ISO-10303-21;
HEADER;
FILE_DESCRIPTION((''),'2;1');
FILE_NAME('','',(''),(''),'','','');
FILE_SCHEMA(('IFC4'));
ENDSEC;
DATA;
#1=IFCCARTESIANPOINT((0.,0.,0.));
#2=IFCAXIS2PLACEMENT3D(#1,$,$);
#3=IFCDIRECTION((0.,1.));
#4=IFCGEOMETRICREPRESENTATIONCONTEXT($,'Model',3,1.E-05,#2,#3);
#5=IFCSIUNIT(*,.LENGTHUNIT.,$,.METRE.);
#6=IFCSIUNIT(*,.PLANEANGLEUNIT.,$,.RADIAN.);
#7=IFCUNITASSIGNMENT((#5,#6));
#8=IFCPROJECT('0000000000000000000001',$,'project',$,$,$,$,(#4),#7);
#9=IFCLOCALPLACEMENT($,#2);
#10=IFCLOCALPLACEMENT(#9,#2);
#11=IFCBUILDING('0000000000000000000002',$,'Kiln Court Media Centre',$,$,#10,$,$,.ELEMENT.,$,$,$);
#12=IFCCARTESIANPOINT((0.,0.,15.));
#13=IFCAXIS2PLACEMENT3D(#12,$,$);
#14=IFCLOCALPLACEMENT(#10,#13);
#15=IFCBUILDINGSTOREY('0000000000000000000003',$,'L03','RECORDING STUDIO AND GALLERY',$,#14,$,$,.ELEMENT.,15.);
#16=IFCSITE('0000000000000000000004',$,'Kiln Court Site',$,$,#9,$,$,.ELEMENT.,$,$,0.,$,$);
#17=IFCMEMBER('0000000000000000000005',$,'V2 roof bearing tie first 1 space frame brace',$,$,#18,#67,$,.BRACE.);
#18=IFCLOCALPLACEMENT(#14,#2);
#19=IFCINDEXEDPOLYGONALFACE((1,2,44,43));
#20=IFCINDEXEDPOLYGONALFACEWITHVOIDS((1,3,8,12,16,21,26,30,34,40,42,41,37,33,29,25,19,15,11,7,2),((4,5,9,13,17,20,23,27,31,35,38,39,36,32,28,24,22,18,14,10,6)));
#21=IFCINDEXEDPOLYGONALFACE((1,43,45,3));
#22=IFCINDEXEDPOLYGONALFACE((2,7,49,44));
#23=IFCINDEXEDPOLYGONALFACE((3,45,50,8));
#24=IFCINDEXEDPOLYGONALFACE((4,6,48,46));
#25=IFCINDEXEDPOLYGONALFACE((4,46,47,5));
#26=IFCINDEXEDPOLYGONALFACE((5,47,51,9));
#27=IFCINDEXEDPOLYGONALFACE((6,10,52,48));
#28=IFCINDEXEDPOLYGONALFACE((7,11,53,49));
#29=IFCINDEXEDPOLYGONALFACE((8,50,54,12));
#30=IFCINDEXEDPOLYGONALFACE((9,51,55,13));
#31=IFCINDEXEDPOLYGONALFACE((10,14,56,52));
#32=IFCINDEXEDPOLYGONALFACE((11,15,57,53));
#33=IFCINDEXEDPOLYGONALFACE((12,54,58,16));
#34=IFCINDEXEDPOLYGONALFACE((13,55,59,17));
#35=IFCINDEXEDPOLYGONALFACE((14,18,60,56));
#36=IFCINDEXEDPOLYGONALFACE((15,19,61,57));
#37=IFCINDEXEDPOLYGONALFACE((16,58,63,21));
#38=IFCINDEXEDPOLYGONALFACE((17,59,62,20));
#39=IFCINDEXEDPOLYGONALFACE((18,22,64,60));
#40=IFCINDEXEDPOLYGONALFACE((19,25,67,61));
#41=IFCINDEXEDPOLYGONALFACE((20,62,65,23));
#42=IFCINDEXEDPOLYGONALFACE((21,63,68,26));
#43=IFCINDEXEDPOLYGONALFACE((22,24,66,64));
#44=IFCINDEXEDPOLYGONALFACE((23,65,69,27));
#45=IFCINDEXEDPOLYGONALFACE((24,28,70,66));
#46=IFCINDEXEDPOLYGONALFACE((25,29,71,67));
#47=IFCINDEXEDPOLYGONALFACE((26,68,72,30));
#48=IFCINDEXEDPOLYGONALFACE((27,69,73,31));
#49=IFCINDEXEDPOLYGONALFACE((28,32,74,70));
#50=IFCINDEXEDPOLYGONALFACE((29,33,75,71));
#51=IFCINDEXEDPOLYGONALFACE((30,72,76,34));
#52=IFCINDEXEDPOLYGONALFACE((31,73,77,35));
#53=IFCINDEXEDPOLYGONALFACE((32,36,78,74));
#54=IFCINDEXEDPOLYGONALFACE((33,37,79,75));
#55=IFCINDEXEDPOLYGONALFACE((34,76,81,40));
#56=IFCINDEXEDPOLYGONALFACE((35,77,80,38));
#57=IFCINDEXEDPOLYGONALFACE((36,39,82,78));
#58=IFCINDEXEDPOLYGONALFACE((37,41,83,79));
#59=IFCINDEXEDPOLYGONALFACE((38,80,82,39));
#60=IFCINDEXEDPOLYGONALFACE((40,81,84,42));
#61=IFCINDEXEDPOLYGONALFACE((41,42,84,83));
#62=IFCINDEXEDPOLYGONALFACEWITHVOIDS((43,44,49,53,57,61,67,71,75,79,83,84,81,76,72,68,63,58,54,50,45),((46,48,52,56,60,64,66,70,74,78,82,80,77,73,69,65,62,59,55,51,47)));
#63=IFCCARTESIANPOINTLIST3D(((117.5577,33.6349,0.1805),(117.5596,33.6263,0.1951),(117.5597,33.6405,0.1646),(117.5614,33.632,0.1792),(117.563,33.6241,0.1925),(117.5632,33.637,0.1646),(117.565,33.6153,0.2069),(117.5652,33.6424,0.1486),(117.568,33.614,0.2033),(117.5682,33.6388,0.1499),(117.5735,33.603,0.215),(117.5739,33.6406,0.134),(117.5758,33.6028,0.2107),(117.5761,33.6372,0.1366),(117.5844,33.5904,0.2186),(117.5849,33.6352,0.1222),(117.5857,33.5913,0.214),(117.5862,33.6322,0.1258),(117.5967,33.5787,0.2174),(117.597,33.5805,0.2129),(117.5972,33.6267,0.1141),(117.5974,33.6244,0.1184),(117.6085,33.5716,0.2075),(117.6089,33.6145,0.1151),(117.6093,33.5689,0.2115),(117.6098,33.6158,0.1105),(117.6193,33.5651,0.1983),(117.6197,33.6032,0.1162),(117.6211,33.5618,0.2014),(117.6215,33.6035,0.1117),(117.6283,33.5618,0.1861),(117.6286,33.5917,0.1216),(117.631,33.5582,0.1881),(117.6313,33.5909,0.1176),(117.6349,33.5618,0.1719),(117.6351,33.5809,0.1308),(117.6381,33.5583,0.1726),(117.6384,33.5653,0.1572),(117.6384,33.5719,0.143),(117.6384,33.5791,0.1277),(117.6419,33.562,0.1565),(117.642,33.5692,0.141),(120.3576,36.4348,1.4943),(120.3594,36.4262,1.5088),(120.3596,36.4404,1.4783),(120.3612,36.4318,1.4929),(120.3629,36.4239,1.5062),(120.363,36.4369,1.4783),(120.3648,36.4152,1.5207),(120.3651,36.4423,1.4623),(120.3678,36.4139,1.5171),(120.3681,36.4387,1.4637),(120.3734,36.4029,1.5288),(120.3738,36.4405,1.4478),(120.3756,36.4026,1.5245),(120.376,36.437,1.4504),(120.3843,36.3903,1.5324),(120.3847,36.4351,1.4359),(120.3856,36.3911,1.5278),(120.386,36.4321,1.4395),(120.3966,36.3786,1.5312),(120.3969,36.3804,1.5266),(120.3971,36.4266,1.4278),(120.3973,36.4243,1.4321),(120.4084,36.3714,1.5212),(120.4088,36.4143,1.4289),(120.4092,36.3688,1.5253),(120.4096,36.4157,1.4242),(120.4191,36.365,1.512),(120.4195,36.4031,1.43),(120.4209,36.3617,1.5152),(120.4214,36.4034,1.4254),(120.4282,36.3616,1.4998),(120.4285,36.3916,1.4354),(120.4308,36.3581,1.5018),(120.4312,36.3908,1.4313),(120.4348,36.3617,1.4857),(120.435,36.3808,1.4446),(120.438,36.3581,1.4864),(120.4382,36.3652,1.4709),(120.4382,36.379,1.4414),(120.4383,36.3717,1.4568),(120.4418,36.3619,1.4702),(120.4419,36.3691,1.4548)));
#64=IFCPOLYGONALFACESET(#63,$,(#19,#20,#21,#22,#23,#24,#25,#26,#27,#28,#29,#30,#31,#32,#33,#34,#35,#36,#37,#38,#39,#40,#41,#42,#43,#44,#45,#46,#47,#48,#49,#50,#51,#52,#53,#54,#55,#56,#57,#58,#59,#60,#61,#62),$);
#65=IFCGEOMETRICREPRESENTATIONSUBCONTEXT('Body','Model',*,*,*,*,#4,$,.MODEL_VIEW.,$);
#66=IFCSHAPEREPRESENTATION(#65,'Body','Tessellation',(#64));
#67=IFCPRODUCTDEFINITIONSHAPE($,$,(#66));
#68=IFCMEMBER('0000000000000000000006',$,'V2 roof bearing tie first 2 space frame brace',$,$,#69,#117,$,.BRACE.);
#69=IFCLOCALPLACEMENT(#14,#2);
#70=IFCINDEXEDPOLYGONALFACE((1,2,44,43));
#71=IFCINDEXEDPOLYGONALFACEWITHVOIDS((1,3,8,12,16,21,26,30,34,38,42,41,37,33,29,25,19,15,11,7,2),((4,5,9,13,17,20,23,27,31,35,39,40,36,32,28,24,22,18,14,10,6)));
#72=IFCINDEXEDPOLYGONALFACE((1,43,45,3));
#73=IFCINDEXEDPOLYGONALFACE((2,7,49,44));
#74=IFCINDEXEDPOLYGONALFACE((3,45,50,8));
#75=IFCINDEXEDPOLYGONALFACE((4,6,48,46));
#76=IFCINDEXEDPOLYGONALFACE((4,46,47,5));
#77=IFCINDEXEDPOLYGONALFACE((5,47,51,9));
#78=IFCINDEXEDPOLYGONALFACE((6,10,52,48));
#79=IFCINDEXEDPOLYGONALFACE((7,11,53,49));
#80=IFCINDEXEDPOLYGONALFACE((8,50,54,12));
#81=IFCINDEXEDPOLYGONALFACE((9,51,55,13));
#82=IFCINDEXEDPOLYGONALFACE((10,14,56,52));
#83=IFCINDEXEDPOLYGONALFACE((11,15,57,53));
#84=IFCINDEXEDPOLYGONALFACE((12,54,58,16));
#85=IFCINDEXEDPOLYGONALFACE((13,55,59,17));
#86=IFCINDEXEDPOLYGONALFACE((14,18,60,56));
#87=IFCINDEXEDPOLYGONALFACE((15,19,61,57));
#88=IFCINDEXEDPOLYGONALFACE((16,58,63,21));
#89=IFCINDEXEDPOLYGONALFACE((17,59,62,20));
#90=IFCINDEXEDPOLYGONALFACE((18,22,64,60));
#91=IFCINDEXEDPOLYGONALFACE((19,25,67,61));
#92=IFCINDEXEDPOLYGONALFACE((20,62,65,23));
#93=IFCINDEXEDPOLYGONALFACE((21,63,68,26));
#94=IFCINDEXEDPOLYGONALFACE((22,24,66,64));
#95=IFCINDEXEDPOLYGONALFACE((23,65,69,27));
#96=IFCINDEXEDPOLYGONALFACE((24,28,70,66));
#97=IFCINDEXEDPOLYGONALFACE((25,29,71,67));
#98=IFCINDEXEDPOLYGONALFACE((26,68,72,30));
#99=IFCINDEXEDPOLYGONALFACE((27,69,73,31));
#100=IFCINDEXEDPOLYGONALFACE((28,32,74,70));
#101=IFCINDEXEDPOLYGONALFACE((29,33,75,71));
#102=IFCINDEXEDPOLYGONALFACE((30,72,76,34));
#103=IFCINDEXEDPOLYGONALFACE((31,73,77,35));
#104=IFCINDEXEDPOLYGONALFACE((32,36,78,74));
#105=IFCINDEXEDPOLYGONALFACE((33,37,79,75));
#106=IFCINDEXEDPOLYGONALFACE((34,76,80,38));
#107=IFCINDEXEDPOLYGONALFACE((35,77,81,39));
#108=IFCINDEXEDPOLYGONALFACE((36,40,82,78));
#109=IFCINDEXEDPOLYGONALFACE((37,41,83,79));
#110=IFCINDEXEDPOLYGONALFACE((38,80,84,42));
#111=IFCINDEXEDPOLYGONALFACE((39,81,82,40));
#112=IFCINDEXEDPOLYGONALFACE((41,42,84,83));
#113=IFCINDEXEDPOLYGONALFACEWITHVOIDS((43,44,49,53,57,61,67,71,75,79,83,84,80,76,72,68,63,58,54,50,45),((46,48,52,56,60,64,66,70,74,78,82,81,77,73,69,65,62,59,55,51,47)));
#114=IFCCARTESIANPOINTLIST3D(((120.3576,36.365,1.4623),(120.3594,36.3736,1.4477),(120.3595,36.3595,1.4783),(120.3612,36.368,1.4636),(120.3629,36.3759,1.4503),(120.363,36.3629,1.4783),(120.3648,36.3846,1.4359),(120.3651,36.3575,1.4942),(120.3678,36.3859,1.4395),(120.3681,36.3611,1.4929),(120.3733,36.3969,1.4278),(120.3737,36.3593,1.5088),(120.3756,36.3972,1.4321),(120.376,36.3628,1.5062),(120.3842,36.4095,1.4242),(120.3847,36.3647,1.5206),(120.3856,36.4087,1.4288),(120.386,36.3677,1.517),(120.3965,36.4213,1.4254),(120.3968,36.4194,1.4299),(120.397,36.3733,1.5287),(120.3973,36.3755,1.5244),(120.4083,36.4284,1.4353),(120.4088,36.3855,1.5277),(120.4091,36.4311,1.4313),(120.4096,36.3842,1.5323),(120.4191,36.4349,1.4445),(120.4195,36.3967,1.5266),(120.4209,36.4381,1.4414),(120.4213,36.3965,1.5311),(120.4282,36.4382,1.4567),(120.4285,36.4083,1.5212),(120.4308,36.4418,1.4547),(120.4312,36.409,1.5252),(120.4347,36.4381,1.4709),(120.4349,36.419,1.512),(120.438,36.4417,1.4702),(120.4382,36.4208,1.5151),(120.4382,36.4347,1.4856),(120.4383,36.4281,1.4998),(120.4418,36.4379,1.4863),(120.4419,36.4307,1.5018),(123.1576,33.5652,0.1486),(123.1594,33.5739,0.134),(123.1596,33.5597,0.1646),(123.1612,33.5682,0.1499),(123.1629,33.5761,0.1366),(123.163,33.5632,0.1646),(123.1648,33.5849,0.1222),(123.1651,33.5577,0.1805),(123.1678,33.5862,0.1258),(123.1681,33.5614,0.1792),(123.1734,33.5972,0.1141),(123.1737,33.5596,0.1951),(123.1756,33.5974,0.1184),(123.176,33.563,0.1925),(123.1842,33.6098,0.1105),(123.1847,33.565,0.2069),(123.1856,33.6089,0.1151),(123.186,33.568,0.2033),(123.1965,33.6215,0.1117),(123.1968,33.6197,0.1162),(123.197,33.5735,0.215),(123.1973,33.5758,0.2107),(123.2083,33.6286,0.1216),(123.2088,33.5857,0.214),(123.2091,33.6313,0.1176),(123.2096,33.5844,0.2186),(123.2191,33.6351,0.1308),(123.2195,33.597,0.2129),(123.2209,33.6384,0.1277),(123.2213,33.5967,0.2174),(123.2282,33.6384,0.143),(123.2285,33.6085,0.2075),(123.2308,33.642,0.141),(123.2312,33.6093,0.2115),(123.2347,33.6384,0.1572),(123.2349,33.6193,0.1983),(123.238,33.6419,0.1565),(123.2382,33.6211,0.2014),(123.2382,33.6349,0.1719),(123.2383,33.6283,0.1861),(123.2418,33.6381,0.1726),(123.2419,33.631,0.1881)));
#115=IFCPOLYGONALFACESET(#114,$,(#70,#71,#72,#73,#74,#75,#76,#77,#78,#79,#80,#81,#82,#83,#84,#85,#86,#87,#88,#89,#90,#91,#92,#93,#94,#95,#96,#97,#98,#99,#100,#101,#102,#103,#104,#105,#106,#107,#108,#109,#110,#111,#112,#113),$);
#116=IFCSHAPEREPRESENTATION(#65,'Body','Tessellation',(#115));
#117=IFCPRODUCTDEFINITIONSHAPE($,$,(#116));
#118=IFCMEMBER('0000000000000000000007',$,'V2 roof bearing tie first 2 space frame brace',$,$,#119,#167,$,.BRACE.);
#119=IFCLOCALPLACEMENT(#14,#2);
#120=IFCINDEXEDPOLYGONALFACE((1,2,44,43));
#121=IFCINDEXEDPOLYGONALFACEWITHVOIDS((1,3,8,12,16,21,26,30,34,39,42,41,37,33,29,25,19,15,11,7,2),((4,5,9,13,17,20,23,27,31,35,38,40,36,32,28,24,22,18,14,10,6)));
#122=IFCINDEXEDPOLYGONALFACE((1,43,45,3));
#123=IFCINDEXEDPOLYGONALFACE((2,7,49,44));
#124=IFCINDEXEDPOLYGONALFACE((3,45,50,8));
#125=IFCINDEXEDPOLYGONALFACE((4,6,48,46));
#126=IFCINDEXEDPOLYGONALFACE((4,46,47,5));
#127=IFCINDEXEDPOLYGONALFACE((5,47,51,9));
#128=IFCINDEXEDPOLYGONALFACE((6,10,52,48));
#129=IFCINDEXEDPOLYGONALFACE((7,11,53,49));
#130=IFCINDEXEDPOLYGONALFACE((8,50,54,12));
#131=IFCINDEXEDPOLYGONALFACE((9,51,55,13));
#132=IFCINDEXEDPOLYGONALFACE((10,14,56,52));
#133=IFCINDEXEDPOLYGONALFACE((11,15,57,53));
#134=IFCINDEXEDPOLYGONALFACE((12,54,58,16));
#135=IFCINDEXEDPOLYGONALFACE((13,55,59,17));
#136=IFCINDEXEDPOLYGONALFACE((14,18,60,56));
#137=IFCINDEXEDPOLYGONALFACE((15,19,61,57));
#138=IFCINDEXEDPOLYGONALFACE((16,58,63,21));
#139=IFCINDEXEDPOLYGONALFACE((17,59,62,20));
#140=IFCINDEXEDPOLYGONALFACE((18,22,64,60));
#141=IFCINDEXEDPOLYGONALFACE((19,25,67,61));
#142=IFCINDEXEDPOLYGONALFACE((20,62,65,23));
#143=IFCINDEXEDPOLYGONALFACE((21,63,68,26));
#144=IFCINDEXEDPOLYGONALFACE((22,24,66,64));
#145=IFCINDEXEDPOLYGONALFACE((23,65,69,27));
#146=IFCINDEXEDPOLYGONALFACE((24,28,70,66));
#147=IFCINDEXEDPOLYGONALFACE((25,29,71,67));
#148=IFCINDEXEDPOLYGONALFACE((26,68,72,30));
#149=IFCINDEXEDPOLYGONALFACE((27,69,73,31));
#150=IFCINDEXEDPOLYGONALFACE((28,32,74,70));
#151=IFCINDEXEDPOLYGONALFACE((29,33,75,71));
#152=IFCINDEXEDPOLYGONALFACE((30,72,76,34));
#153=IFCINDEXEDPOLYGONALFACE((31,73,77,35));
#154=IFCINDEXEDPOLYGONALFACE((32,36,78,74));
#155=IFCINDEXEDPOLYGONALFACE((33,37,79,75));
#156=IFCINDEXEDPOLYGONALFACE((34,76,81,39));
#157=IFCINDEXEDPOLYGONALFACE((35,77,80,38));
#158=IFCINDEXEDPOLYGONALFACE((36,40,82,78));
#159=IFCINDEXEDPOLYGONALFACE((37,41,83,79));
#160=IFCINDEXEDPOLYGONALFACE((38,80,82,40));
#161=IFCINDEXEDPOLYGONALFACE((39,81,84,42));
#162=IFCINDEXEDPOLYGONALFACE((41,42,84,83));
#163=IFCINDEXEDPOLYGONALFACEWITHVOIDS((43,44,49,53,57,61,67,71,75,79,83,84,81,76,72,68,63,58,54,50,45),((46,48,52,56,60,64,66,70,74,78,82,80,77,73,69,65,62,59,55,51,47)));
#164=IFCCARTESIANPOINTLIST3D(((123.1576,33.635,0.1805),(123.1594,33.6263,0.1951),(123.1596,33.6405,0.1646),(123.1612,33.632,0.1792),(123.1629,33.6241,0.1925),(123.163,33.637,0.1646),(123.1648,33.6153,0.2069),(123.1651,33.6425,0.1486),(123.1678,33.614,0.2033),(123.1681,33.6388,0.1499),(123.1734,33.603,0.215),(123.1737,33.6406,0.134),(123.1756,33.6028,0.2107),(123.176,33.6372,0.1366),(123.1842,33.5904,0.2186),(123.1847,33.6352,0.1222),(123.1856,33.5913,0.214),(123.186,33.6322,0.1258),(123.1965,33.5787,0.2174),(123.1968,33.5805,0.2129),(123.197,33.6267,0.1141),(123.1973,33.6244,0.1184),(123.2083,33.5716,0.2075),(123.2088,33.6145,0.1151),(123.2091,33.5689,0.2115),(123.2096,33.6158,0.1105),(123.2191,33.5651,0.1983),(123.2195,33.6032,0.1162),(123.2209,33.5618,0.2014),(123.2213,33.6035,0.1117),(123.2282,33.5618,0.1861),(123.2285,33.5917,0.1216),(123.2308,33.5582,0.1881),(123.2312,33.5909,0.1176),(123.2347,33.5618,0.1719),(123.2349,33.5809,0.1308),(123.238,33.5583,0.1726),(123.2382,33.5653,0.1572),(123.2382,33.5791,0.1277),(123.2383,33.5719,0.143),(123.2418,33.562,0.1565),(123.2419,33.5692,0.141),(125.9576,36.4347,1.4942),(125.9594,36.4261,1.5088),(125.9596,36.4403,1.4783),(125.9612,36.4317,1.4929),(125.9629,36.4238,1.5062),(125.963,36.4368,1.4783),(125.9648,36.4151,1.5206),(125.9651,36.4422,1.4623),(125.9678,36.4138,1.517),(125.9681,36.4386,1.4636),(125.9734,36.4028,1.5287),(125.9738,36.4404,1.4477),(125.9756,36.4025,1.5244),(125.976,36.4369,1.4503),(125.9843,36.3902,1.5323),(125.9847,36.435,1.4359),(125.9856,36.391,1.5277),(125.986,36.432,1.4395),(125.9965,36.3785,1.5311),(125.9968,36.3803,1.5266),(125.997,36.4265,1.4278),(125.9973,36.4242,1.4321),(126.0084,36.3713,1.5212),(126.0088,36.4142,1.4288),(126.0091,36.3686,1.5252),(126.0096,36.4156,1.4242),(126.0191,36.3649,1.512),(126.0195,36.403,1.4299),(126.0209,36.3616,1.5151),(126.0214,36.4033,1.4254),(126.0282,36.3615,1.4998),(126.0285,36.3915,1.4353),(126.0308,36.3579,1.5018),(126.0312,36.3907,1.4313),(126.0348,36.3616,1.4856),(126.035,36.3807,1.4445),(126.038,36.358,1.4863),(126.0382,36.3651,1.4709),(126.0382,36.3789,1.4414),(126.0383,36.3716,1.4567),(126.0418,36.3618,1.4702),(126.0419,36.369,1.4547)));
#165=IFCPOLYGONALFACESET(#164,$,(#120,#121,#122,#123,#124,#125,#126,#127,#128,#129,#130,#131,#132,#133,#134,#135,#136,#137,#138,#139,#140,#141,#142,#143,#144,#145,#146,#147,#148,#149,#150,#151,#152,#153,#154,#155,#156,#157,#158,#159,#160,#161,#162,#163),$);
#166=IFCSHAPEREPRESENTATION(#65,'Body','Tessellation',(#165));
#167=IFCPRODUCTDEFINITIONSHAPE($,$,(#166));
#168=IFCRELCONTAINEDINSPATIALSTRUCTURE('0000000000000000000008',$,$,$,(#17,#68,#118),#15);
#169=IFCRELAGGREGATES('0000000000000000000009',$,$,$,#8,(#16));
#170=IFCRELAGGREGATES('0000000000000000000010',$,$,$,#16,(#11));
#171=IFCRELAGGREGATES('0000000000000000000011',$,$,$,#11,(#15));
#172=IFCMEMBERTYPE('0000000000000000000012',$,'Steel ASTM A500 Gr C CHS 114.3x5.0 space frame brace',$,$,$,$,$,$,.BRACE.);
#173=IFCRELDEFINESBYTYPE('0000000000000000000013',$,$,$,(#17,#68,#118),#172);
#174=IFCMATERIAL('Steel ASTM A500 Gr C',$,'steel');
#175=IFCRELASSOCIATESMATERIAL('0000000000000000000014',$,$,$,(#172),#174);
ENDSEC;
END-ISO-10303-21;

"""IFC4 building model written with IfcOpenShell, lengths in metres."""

from ifc_helpers import new_model, si_unit, direction, frame, origin, origin_2d, place, context, subcontext, project, spatial, hollow_circle, extrude, material, material_profile, profile_set, type_object, element, save


model = new_model("IFC4")

# Units and contexts
model_context = context("Model", 3, precision=1e-05, world=origin(), true_north=direction((0.0, 1.0)))
body_context = subcontext(model_context, "Body", "Model", "MODEL_VIEW")
ifc_project = project(units=[si_unit("LENGTHUNIT", "METRE"), si_unit("PLANEANGLEUNIT", "RADIAN")], contexts=[model_context])

# Site, building, storey
site_placement = place(None, origin())
site = spatial("IfcSite", under=ifc_project, at=site_placement, Name="Kiln Court Site", CompositionType="ELEMENT", RefElevation=0.0)
building_placement = place(site_placement, origin())
building = spatial("IfcBuilding", under=site, at=building_placement, Name="Kiln Court Media Centre", CompositionType="ELEMENT")
storey_placement = place(building_placement, frame((0.0, 0.0, 15.0)))
storey = spatial("IfcBuildingStorey", under=building, at=storey_placement, Name="L03", Description="RECORDING STUDIO AND GALLERY", CompositionType="ELEMENT", Elevation=15.0)

# Members
ifc_material_1 = material(Name="Steel ASTM A500 Gr C", Category="steel")
ifc_material_profile_1 = material_profile(ifc_material_1, hollow_circle(Radius=0.0571, WallThickness=0.0049, at=origin_2d()), Name="CHS 114.3x5.0")
ifc_profile_set_1 = profile_set([ifc_material_profile_1], Name="Steel ASTM A500 Gr C")
member_type_1 = type_object("IfcMemberType", Name="Steel ASTM A500 Gr C CHS 114.3x5.0 space frame brace", PredefinedType="BRACE", material=ifc_profile_set_1)
for number, where, z_axis, x_axis, name in (
    (1, (117.6001, 33.6001, 0.1646), (0.671131, 0.671131, 0.314907), (-0.707107, 0.707107, 0.0), "V2 roof bearing tie first 1 space frame brace"),
    (2, (123.2, 33.6001, 0.1646), (-0.671163, 0.671105, 0.314895), (-0.707076, -0.707138, 0.0), "V2 roof bearing tie first 2 space frame brace"),
    (3, (123.2, 33.6001, 0.1646), (0.671163, 0.671105, 0.314895), (-0.707076, 0.707138, 0.0), "V2 roof bearing tie first 2 space frame brace"),
):
    element("IfcMember", number, at=place(storey_placement, frame(where, z_axis=z_axis, x_axis=x_axis)), inside=storey, type_object=member_type_1, Name=name, PredefinedType="BRACE", context=body_context, shape_type="SweptSolid", body=[
        extrude(hollow_circle(Radius=0.0571, WallThickness=0.0049, at=origin_2d()), origin(), (0.0, 0.0, 1.0), 4.1719),
    ])

save(model, "model.ifc")
